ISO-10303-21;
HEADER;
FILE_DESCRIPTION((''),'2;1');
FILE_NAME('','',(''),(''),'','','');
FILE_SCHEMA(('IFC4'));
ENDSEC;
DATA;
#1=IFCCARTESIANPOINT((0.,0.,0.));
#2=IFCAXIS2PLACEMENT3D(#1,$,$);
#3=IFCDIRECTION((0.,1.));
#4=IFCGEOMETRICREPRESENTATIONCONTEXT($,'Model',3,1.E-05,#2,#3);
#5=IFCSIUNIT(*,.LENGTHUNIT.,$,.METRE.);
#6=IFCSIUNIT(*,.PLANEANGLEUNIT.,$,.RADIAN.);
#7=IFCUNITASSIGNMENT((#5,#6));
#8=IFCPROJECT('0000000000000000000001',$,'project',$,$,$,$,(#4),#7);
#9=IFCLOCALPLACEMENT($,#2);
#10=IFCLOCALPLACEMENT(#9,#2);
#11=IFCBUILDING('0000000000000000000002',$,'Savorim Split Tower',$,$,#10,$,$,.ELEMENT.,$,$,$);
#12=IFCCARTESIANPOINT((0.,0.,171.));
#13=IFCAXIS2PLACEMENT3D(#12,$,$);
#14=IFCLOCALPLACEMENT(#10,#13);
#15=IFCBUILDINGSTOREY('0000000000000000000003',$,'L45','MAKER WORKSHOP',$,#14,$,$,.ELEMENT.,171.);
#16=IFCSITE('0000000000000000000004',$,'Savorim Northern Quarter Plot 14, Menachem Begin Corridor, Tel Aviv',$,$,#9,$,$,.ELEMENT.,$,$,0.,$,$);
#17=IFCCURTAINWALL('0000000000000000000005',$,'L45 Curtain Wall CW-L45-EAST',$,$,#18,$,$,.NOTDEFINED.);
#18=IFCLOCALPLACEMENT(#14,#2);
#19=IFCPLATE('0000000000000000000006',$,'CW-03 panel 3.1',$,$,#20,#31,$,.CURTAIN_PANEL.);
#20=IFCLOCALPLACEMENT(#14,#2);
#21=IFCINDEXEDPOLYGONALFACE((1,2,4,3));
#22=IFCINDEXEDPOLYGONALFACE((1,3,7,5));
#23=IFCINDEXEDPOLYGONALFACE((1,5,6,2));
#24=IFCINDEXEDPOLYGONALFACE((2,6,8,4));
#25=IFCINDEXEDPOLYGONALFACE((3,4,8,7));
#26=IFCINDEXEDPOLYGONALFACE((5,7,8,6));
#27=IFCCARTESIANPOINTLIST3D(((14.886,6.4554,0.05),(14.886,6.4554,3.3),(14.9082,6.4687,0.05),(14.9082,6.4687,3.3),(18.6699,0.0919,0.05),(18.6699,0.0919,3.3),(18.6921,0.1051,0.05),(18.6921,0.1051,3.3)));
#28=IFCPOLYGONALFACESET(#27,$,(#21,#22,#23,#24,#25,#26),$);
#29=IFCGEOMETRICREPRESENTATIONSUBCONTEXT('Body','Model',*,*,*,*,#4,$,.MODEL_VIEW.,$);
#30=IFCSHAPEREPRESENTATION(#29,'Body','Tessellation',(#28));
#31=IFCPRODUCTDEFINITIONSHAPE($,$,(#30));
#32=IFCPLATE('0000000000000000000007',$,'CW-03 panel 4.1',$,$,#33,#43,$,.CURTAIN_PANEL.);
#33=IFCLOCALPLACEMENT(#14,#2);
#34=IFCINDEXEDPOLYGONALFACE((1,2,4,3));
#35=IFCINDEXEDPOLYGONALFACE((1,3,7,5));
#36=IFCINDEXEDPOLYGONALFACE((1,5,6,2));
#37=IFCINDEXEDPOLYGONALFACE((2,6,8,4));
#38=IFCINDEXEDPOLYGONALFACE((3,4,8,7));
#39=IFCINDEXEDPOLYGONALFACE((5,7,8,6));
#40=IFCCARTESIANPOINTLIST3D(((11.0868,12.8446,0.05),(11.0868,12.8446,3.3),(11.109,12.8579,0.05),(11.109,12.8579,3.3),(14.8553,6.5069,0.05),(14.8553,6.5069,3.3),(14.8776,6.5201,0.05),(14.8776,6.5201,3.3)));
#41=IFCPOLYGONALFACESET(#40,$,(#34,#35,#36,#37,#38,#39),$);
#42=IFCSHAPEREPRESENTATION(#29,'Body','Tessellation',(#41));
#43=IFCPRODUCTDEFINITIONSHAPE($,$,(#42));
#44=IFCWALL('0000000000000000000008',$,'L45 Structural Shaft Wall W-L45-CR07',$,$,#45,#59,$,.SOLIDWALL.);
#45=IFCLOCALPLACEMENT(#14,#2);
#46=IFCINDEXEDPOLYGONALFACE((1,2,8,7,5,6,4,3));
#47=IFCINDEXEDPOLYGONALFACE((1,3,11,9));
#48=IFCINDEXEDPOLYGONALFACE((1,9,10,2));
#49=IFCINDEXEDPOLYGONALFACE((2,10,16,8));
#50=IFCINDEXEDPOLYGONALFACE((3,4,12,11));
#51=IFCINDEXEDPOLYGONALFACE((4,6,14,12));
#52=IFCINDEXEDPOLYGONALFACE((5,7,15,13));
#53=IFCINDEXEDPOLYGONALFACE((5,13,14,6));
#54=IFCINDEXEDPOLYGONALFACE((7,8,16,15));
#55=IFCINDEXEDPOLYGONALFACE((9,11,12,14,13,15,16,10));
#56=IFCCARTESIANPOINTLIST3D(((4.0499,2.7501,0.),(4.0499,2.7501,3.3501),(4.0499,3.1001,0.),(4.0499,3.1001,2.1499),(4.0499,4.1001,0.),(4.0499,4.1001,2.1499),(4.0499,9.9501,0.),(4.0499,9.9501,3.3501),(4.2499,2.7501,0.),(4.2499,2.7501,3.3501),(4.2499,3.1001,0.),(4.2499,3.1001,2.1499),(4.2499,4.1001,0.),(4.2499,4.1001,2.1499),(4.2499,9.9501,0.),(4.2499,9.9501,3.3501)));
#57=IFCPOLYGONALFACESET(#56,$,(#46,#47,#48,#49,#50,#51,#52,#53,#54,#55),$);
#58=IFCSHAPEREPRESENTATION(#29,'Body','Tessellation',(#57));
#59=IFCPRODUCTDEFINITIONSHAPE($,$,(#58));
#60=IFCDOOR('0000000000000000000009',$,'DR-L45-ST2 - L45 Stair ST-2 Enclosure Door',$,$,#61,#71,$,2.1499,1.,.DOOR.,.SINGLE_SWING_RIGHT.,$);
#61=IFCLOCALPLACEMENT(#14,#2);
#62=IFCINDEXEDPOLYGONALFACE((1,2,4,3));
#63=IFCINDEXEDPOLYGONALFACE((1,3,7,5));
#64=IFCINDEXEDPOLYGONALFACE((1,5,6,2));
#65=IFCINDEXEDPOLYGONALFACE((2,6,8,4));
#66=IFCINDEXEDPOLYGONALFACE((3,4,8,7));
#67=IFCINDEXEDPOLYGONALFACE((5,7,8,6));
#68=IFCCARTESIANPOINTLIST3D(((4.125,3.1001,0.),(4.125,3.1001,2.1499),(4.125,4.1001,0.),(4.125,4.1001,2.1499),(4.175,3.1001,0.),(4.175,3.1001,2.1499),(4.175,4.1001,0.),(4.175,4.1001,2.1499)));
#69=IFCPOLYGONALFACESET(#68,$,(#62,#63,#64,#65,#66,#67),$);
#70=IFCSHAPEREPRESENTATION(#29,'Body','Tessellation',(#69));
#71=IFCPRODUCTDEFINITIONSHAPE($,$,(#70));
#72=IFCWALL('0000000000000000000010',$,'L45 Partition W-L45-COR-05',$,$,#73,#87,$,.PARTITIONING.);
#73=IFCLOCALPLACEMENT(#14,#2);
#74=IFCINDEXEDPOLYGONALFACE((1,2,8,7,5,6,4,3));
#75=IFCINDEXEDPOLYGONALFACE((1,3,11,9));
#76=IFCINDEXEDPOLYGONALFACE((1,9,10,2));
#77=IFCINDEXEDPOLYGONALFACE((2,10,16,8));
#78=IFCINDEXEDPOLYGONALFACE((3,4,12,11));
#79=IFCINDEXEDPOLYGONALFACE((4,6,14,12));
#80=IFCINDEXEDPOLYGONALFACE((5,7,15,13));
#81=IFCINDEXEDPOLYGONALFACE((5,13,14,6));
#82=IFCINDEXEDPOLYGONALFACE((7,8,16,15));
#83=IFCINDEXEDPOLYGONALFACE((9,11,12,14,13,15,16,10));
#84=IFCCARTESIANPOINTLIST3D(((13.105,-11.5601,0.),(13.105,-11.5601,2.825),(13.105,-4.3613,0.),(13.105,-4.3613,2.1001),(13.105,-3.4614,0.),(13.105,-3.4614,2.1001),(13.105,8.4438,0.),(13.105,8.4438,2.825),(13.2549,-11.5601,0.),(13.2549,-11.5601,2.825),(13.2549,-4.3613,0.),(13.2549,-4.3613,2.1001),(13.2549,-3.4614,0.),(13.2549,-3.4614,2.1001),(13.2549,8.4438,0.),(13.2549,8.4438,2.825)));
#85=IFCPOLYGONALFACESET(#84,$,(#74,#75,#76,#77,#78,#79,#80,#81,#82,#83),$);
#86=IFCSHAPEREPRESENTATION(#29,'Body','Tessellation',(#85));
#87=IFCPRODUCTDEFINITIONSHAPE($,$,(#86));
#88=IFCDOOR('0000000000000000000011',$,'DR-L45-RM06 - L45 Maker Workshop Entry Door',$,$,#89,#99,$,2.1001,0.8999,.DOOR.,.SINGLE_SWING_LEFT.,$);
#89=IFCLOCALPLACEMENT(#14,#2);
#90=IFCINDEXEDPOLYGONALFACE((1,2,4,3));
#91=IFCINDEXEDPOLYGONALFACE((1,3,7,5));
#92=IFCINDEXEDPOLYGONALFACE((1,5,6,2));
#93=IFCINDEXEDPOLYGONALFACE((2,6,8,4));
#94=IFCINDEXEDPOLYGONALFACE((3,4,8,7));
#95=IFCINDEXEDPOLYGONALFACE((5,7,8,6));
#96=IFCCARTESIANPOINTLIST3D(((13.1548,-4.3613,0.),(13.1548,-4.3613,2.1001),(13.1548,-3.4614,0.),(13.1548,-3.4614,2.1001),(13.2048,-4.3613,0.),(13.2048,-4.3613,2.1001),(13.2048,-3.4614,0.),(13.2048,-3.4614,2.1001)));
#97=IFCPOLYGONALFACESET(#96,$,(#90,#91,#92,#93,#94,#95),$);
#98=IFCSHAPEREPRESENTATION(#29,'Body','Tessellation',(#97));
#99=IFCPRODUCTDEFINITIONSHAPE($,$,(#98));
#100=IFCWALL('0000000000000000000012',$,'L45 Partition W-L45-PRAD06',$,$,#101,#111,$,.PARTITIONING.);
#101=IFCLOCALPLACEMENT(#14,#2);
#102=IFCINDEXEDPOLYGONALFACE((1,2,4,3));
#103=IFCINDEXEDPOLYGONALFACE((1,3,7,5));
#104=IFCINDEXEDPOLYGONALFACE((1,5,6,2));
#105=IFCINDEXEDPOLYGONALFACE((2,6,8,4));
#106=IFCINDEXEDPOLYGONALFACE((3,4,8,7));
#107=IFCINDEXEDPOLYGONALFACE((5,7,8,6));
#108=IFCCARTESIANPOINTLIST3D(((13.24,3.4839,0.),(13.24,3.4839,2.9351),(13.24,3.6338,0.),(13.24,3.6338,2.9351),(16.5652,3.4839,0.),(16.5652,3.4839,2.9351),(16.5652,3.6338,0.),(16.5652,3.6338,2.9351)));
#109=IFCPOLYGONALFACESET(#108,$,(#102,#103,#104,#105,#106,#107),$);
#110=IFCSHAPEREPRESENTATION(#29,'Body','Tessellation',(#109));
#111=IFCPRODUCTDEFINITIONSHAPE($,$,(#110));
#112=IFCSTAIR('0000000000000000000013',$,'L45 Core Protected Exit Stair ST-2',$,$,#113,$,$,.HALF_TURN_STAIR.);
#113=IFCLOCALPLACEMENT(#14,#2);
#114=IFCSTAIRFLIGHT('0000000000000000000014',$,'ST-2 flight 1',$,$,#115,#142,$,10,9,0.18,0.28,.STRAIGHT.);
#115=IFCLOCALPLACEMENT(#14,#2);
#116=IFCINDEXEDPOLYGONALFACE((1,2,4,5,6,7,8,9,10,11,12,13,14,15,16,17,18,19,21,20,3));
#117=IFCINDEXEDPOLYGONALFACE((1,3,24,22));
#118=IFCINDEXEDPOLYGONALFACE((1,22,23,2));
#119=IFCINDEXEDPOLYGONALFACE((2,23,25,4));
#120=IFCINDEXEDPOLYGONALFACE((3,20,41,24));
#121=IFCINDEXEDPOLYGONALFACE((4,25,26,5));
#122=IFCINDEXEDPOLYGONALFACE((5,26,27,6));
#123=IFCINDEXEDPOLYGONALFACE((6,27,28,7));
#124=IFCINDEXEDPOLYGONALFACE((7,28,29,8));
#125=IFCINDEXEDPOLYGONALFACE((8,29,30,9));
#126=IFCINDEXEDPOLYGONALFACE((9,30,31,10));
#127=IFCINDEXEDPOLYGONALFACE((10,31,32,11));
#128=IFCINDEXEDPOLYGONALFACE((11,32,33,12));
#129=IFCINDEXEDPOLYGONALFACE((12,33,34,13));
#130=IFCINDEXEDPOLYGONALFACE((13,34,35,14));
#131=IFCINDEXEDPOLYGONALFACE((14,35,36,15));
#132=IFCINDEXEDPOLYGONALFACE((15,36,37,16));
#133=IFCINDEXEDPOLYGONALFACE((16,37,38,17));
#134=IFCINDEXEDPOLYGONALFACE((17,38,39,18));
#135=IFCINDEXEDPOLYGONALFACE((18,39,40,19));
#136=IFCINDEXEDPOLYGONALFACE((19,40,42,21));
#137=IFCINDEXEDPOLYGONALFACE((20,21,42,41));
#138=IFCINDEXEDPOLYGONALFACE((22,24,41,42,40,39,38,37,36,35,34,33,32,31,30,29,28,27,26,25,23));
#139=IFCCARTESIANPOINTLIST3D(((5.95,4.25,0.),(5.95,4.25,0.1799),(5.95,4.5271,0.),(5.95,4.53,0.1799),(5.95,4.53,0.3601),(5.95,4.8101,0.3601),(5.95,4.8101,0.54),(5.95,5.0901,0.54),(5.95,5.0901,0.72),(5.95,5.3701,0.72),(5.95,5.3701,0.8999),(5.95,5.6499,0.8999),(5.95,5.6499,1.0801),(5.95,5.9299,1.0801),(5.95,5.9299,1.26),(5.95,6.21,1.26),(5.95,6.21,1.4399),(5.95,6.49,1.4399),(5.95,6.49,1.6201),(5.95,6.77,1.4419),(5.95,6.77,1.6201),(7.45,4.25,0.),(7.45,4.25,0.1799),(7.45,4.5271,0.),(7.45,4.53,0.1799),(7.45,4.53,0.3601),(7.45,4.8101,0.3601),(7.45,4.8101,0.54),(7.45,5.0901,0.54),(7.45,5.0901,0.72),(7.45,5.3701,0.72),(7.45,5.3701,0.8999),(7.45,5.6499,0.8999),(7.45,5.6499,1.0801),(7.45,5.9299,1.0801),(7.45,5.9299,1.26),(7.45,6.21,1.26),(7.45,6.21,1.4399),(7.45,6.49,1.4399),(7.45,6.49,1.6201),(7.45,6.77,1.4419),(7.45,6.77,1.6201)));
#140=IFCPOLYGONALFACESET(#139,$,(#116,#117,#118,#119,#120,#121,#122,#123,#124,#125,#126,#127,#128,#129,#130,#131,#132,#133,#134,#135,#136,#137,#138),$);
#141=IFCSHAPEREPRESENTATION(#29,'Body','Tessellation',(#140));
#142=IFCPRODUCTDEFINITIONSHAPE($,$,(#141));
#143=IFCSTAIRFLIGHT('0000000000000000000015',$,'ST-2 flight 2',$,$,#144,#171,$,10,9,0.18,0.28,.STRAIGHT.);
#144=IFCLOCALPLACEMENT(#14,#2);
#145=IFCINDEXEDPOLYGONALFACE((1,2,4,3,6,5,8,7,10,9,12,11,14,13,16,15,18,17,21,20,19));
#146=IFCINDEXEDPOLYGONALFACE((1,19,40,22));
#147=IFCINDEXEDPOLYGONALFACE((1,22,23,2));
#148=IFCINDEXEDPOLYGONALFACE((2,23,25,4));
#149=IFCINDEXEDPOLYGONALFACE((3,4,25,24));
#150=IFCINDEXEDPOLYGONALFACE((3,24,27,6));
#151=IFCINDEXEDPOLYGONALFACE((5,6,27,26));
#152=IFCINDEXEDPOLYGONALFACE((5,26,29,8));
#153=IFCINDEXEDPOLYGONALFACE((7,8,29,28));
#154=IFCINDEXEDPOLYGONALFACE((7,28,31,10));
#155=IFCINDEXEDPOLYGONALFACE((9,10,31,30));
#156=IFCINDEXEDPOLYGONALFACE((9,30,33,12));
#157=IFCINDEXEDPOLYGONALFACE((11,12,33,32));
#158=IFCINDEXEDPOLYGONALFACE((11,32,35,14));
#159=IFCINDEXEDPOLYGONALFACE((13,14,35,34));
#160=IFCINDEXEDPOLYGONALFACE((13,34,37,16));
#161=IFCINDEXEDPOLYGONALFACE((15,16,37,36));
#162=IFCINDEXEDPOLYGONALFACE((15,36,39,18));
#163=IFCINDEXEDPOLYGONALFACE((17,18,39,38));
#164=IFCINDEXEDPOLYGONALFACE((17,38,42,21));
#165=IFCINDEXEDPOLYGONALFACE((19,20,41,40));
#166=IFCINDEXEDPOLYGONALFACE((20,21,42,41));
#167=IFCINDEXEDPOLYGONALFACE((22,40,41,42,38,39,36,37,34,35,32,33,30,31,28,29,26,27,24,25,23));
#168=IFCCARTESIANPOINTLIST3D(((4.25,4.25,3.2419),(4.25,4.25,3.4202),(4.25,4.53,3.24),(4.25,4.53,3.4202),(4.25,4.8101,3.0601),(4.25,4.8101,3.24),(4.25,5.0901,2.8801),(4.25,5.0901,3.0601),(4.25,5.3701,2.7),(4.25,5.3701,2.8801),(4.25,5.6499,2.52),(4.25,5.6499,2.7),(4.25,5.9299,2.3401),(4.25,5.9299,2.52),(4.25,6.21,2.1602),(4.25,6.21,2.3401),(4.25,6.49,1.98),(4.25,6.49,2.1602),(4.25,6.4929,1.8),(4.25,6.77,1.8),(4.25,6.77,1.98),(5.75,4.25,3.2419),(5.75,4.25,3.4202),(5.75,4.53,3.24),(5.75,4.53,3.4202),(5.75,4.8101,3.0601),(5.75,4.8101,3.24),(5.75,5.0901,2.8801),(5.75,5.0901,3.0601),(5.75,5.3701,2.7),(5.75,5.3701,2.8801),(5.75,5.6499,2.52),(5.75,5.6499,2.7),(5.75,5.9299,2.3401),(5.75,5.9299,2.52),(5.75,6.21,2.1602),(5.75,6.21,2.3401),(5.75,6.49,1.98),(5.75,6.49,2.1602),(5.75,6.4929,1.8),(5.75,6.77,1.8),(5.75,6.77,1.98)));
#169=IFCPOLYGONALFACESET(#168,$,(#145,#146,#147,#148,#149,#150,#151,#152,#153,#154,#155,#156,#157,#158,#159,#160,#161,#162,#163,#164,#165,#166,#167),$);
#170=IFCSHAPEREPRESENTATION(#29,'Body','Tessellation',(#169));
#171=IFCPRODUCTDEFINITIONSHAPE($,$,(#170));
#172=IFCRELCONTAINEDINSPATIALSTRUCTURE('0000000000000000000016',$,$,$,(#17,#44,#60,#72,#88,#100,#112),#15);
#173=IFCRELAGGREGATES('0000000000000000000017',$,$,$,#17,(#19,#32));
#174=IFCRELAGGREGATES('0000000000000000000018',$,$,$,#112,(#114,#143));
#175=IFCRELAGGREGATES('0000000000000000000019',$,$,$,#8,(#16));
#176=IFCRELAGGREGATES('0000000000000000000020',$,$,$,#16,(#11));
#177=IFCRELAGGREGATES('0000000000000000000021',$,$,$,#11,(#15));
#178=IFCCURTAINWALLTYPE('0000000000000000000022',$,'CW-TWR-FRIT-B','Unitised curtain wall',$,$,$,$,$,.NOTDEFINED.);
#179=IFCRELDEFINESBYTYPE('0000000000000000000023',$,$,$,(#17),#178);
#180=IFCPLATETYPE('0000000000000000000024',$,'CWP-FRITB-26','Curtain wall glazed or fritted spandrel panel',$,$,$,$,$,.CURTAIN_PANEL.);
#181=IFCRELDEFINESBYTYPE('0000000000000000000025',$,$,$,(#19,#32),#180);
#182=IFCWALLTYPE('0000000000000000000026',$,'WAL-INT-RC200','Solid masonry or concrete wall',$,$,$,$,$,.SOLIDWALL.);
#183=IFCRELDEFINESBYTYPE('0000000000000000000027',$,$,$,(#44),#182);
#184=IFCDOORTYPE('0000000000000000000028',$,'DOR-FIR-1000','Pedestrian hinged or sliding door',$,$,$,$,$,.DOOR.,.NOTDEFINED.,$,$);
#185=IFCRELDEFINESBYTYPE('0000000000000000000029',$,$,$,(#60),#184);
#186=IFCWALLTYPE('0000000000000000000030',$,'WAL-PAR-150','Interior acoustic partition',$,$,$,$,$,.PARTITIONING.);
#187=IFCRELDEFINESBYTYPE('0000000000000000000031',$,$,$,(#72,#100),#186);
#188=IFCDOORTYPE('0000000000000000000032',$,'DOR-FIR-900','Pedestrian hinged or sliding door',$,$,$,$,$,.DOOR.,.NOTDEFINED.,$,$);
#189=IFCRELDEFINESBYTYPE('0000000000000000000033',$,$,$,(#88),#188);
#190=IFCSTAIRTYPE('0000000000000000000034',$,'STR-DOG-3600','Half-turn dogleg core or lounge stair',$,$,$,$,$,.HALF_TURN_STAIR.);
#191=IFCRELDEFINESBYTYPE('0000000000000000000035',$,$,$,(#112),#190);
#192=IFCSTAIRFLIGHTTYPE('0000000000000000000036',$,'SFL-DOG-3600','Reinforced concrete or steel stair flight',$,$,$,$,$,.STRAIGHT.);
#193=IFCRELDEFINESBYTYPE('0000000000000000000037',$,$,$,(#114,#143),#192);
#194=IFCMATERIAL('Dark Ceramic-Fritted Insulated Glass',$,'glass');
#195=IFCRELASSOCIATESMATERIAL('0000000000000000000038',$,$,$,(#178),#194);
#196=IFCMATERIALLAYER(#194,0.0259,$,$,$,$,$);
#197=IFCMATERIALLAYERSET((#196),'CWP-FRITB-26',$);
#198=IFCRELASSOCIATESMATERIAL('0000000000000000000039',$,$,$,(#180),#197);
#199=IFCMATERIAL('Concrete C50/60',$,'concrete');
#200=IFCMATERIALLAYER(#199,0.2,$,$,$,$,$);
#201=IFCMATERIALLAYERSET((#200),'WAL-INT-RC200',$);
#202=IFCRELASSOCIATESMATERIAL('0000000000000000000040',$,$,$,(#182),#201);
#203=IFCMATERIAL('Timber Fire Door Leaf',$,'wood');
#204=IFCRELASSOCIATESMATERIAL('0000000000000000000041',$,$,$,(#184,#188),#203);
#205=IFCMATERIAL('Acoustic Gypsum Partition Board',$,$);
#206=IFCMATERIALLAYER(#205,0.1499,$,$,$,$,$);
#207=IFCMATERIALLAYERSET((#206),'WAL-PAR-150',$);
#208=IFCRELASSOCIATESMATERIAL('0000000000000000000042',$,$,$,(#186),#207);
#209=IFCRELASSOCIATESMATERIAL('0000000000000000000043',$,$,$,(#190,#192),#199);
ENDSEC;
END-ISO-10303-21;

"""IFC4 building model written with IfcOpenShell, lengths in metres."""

from ifc_helpers import new_model, si_unit, direction, frame, frame_2d, origin, origin_2d, place, context, subcontext, project, spatial, polyline, rectangle, outline, extrude, material, layer, layer_set, type_object, element, fill, aggregate, save


model = new_model("IFC4")

# Units and contexts
model_context = context("Model", 3, precision=1e-05, world=origin(), true_north=direction((0.0, 1.0)))
body_context = subcontext(model_context, "Body", "Model", "MODEL_VIEW")
ifc_project = project(units=[si_unit("LENGTHUNIT", "METRE"), si_unit("PLANEANGLEUNIT", "RADIAN")], contexts=[model_context])

# Site, building, storey
site_placement = place(None, origin())
site = spatial("IfcSite", under=ifc_project, at=site_placement, Name="Savorim Northern Quarter Plot 14, Menachem Begin Corridor, Tel Aviv", CompositionType="ELEMENT", RefElevation=0.0)
building_placement = place(site_placement, origin())
building = spatial("IfcBuilding", under=site, at=building_placement, Name="Savorim Split Tower", CompositionType="ELEMENT")
storey_placement = place(building_placement, frame((0.0, 0.0, 171.0)))
storey = spatial("IfcBuildingStorey", under=building, at=storey_placement, Name="L45", Description="MAKER WORKSHOP", CompositionType="ELEMENT", Elevation=171.0)

# Curtain wall, plates
ifc_material_1 = material(Name="Dark Ceramic-Fritted Insulated Glass", Category="glass")
curtain_wall_type = type_object("IfcCurtainWallType", Name="CW-TWR-FRIT-B", Description="Unitised curtain wall", PredefinedType="NOTDEFINED", material=ifc_material_1)
curtain_wall_placement = place(storey_placement, origin())
curtain_wall = element("IfcCurtainWall", 1, at=curtain_wall_placement, inside=storey, type_object=curtain_wall_type, Name="L45 Curtain Wall CW-L45-EAST", PredefinedType="NOTDEFINED")
ifc_layer_1 = layer(ifc_material_1, 0.0259)
ifc_layer_set_1 = layer_set([ifc_layer_1], Name="CWP-FRITB-26")
plate_type = type_object("IfcPlateType", Name="CWP-FRITB-26", Description="Curtain wall glazed or fritted spandrel panel", PredefinedType="CURTAIN_PANEL", material=ifc_layer_set_1)
plate_1_placement = place(storey_placement, frame((16.7891, 3.2803, 0.05), z_axis=(0.0, 0.0, 1.0), x_axis=(-0.511094, 0.859525, 0.0)))
plate_1 = element("IfcPlate", 2, at=plate_1_placement, type_object=plate_type, Name="CW-03 panel 3.1", PredefinedType="CURTAIN_PANEL", context=body_context, shape_type="SweptSolid", body=[
    extrude(rectangle(XDim=7.4036, YDim=0.0259, at=origin_2d()), origin(), (0.0, 0.0, 1.0), 3.25),
])
plate_2_placement = place(storey_placement, frame((12.9822, 9.6824, 0.05), z_axis=(0.0, 0.0, 1.0), x_axis=(-0.511094, 0.859525, 0.0)))
plate_2 = element("IfcPlate", 3, at=plate_2_placement, type_object=plate_type, Name="CW-03 panel 4.1", PredefinedType="CURTAIN_PANEL", context=body_context, shape_type="SweptSolid", body=[
    extrude(rectangle(XDim=7.3735, YDim=0.0259, at=origin_2d()), origin(), (0.0, 0.0, 1.0), 3.25),
])
aggregate(curtain_wall, [plate_1, plate_2])

# Walls, openings, doors
ifc_material_2 = material(Name="Concrete C50/60", Category="concrete")
ifc_layer_2 = layer(ifc_material_2, 0.2)
ifc_layer_set_2 = layer_set([ifc_layer_2], Name="WAL-INT-RC200")
wall_type_1 = type_object("IfcWallType", Name="WAL-INT-RC200", Description="Solid masonry or concrete wall", PredefinedType="SOLIDWALL", material=ifc_layer_set_2)
wall_1_placement = place(storey_placement, frame((4.1499, 2.75, 0.0), z_axis=(0.0, 0.0, 1.0), x_axis=(0.0, 1.0, 0.0)))
wall_1 = element("IfcWall", 4, at=wall_1_placement, inside=storey, type_object=wall_type_1, Name="L45 Structural Shaft Wall W-L45-CR07", PredefinedType="SOLIDWALL", context=body_context, shape_type="SweptSolid", body=[
    extrude(rectangle(XDim=7.2, YDim=0.2, at=frame_2d((3.6001, 0.0))), origin(), (0.0, 0.0, 1.0), 3.3501),
])
opening_1_placement = place(wall_1_placement, frame((0.3501, 0.0, 0.0)))
opening_1 = element("IfcOpeningElement", 5, at=opening_1_placement, cuts=wall_1, PredefinedType="OPENING", context=body_context, shape_type="SweptSolid", body=[
    extrude(rectangle(XDim=1.0, YDim=2.1499, at=frame_2d((0.5, 1.075))), frame((0.0, 0.1099, 0.0), z_axis=(0.0, -1.0, 0.0), x_axis=(1.0, 0.0, 0.0)), (0.0, 0.0, 1.0), 0.22),
])
ifc_material_3 = material(Name="Timber Fire Door Leaf", Category="wood")
door_type_1 = type_object("IfcDoorType", Name="DOR-FIR-1000", Description="Pedestrian hinged or sliding door", OperationType="NOTDEFINED", PredefinedType="DOOR", material=ifc_material_3)
door_1_placement = place(opening_1_placement, origin())
door_1 = element("IfcDoor", 6, at=door_1_placement, inside=storey, type_object=door_type_1, Name="DR-L45-ST2 - L45 Stair ST-2 Enclosure Door", OperationType="SINGLE_SWING_RIGHT", OverallHeight=2.1499, OverallWidth=1.0, PredefinedType="DOOR", context=body_context, shape_type="SweptSolid", body=[
    extrude(rectangle(XDim=1.0, YDim=2.1499, at=frame_2d((0.5, 1.075))), frame((0.0, 0.0249, 0.0), z_axis=(0.0, -1.0, 0.0), x_axis=(1.0, 0.0, 0.0)), (0.0, 0.0, 1.0), 0.05),
])
fill(opening_1, door_1)
ifc_material_4 = material(Name="Acoustic Gypsum Partition Board")
ifc_layer_3 = layer(ifc_material_4, 0.1499)
ifc_layer_set_3 = layer_set([ifc_layer_3], Name="WAL-PAR-150")
wall_type_2 = type_object("IfcWallType", Name="WAL-PAR-150", Description="Interior acoustic partition", PredefinedType="PARTITIONING", material=ifc_layer_set_3)
wall_2_placement = place(storey_placement, frame((13.1799, 8.4438, 0.0), z_axis=(0.0, 0.0, 1.0), x_axis=(0.0, -1.0, 0.0)))
wall_2 = element("IfcWall", 7, at=wall_2_placement, inside=storey, type_object=wall_type_2, Name="L45 Partition W-L45-COR-05", PredefinedType="PARTITIONING", context=body_context, shape_type="SweptSolid", body=[
    extrude(rectangle(XDim=20.0039, YDim=0.1499, at=frame_2d((10.002, 0.0))), origin(), (0.0, 0.0, 1.0), 2.825),
])
opening_2_placement = place(wall_2_placement, frame((11.9053, 0.0, 0.0)))
opening_2 = element("IfcOpeningElement", 8, at=opening_2_placement, cuts=wall_2, PredefinedType="OPENING", context=body_context, shape_type="SweptSolid", body=[
    extrude(rectangle(XDim=0.8999, YDim=2.1001, at=frame_2d((0.45, 1.05))), frame((0.0, 0.085, 0.0), z_axis=(0.0, -1.0, 0.0), x_axis=(1.0, 0.0, 0.0)), (0.0, 0.0, 1.0), 0.1699),
])
door_type_2 = type_object("IfcDoorType", Name="DOR-FIR-900", Description="Pedestrian hinged or sliding door", OperationType="NOTDEFINED", PredefinedType="DOOR", material=ifc_material_3)
door_2_placement = place(opening_2_placement, origin())
door_2 = element("IfcDoor", 9, at=door_2_placement, inside=storey, type_object=door_type_2, Name="DR-L45-RM06 - L45 Maker Workshop Entry Door", OperationType="SINGLE_SWING_LEFT", OverallHeight=2.1001, OverallWidth=0.8999, PredefinedType="DOOR", context=body_context, shape_type="SweptSolid", body=[
    extrude(rectangle(XDim=0.8999, YDim=2.1001, at=frame_2d((0.45, 1.05))), frame((0.0, 0.0249, 0.0), z_axis=(0.0, -1.0, 0.0), x_axis=(1.0, 0.0, 0.0)), (0.0, 0.0, 1.0), 0.05),
])
fill(opening_2, door_2)

# Wall
wall_3_placement = place(storey_placement, frame((13.24, 3.5588, 0.0), z_axis=(0.0, 0.0, 1.0), x_axis=(1.0, 0.0, 0.0)))
element("IfcWall", 10, at=wall_3_placement, inside=storey, type_object=wall_type_2, Name="L45 Partition W-L45-PRAD06", PredefinedType="PARTITIONING", context=body_context, shape_type="SweptSolid", body=[
    extrude(rectangle(XDim=3.3252, YDim=0.1499, at=frame_2d((1.6626, 0.0))), origin(), (0.0, 0.0, 1.0), 2.9351),
])

# Stair, stair flights
stair_type = type_object("IfcStairType", Name="STR-DOG-3600", Description="Half-turn dogleg core or lounge stair", PredefinedType="HALF_TURN_STAIR", material=ifc_material_2)
stair_placement = place(storey_placement, origin())
stair = element("IfcStair", 11, at=stair_placement, inside=storey, type_object=stair_type, Name="L45 Core Protected Exit Stair ST-2", PredefinedType="HALF_TURN_STAIR")
stair_flight_type = type_object("IfcStairFlightType", Name="SFL-DOG-3600", Description="Reinforced concrete or steel stair flight", PredefinedType="STRAIGHT", material=ifc_material_2)
stair_flight_1_placement = place(storey_placement, frame((6.7, 4.25, 0.0), z_axis=(0.0, 0.0, 1.0), x_axis=(0.0, 1.0, 0.0)))
stair_flight_1 = element("IfcStairFlight", 12, at=stair_flight_1_placement, type_object=stair_flight_type, Name="ST-2 flight 1", NumberOfRisers=10, NumberOfTreads=9, PredefinedType="STRAIGHT", RiserHeight=0.18, TreadLength=0.28, context=body_context, shape_type="SweptSolid", body=[
    extrude(outline(polyline([(0.0, 0.0), (0.0, 0.1799), (0.28, 0.1799), (0.28, 0.3601), (0.5601, 0.3601), (0.5601, 0.54), (0.8401, 0.54), (0.8401, 0.72), (1.1201, 0.72), (1.1201, 0.8999), (1.3999, 0.8999), (1.3999, 1.0801), (1.6799, 1.0801), (1.6799, 1.26), (1.96, 1.26), (1.96, 1.4399), (2.24, 1.4399), (2.24, 1.6201), (2.52, 1.6201), (2.52, 1.8), (2.52, 1.4419), (0.2771, 0.0), (0.0, 0.0)])), frame((0.0, 0.75, 0.0), z_axis=(0.0, -1.0, 0.0), x_axis=(1.0, 0.0, 0.0)), (0.0, 0.0, 1.0), 1.5),
])
stair_flight_2_placement = place(storey_placement, frame((5.0, 6.77, 1.8), z_axis=(0.0, 0.0, 1.0), x_axis=(0.0, -1.0, 0.0)))
stair_flight_2 = element("IfcStairFlight", 13, at=stair_flight_2_placement, type_object=stair_flight_type, Name="ST-2 flight 2", NumberOfRisers=10, NumberOfTreads=9, PredefinedType="STRAIGHT", RiserHeight=0.18, TreadLength=0.28, context=body_context, shape_type="SweptSolid", body=[
    extrude(outline(polyline([(0.0, 0.0), (0.0, 0.1799), (0.28, 0.1799), (0.28, 0.3601), (0.5601, 0.3601), (0.5601, 0.54), (0.8401, 0.54), (0.8401, 0.72), (1.1201, 0.72), (1.1201, 0.8999), (1.3999, 0.8999), (1.3999, 1.0801), (1.6799, 1.0801), (1.6799, 1.26), (1.96, 1.26), (1.96, 1.4399), (2.24, 1.4399), (2.24, 1.6201), (2.52, 1.6201), (2.52, 1.8), (2.52, 1.4419), (0.2771, 0.0), (0.0, 0.0)])), frame((0.0, 0.75, 0.0), z_axis=(0.0, -1.0, 0.0), x_axis=(1.0, 0.0, 0.0)), (0.0, 0.0, 1.0), 1.5),
])
aggregate(stair, [stair_flight_1, stair_flight_2])

save(model, "model.ifc")
